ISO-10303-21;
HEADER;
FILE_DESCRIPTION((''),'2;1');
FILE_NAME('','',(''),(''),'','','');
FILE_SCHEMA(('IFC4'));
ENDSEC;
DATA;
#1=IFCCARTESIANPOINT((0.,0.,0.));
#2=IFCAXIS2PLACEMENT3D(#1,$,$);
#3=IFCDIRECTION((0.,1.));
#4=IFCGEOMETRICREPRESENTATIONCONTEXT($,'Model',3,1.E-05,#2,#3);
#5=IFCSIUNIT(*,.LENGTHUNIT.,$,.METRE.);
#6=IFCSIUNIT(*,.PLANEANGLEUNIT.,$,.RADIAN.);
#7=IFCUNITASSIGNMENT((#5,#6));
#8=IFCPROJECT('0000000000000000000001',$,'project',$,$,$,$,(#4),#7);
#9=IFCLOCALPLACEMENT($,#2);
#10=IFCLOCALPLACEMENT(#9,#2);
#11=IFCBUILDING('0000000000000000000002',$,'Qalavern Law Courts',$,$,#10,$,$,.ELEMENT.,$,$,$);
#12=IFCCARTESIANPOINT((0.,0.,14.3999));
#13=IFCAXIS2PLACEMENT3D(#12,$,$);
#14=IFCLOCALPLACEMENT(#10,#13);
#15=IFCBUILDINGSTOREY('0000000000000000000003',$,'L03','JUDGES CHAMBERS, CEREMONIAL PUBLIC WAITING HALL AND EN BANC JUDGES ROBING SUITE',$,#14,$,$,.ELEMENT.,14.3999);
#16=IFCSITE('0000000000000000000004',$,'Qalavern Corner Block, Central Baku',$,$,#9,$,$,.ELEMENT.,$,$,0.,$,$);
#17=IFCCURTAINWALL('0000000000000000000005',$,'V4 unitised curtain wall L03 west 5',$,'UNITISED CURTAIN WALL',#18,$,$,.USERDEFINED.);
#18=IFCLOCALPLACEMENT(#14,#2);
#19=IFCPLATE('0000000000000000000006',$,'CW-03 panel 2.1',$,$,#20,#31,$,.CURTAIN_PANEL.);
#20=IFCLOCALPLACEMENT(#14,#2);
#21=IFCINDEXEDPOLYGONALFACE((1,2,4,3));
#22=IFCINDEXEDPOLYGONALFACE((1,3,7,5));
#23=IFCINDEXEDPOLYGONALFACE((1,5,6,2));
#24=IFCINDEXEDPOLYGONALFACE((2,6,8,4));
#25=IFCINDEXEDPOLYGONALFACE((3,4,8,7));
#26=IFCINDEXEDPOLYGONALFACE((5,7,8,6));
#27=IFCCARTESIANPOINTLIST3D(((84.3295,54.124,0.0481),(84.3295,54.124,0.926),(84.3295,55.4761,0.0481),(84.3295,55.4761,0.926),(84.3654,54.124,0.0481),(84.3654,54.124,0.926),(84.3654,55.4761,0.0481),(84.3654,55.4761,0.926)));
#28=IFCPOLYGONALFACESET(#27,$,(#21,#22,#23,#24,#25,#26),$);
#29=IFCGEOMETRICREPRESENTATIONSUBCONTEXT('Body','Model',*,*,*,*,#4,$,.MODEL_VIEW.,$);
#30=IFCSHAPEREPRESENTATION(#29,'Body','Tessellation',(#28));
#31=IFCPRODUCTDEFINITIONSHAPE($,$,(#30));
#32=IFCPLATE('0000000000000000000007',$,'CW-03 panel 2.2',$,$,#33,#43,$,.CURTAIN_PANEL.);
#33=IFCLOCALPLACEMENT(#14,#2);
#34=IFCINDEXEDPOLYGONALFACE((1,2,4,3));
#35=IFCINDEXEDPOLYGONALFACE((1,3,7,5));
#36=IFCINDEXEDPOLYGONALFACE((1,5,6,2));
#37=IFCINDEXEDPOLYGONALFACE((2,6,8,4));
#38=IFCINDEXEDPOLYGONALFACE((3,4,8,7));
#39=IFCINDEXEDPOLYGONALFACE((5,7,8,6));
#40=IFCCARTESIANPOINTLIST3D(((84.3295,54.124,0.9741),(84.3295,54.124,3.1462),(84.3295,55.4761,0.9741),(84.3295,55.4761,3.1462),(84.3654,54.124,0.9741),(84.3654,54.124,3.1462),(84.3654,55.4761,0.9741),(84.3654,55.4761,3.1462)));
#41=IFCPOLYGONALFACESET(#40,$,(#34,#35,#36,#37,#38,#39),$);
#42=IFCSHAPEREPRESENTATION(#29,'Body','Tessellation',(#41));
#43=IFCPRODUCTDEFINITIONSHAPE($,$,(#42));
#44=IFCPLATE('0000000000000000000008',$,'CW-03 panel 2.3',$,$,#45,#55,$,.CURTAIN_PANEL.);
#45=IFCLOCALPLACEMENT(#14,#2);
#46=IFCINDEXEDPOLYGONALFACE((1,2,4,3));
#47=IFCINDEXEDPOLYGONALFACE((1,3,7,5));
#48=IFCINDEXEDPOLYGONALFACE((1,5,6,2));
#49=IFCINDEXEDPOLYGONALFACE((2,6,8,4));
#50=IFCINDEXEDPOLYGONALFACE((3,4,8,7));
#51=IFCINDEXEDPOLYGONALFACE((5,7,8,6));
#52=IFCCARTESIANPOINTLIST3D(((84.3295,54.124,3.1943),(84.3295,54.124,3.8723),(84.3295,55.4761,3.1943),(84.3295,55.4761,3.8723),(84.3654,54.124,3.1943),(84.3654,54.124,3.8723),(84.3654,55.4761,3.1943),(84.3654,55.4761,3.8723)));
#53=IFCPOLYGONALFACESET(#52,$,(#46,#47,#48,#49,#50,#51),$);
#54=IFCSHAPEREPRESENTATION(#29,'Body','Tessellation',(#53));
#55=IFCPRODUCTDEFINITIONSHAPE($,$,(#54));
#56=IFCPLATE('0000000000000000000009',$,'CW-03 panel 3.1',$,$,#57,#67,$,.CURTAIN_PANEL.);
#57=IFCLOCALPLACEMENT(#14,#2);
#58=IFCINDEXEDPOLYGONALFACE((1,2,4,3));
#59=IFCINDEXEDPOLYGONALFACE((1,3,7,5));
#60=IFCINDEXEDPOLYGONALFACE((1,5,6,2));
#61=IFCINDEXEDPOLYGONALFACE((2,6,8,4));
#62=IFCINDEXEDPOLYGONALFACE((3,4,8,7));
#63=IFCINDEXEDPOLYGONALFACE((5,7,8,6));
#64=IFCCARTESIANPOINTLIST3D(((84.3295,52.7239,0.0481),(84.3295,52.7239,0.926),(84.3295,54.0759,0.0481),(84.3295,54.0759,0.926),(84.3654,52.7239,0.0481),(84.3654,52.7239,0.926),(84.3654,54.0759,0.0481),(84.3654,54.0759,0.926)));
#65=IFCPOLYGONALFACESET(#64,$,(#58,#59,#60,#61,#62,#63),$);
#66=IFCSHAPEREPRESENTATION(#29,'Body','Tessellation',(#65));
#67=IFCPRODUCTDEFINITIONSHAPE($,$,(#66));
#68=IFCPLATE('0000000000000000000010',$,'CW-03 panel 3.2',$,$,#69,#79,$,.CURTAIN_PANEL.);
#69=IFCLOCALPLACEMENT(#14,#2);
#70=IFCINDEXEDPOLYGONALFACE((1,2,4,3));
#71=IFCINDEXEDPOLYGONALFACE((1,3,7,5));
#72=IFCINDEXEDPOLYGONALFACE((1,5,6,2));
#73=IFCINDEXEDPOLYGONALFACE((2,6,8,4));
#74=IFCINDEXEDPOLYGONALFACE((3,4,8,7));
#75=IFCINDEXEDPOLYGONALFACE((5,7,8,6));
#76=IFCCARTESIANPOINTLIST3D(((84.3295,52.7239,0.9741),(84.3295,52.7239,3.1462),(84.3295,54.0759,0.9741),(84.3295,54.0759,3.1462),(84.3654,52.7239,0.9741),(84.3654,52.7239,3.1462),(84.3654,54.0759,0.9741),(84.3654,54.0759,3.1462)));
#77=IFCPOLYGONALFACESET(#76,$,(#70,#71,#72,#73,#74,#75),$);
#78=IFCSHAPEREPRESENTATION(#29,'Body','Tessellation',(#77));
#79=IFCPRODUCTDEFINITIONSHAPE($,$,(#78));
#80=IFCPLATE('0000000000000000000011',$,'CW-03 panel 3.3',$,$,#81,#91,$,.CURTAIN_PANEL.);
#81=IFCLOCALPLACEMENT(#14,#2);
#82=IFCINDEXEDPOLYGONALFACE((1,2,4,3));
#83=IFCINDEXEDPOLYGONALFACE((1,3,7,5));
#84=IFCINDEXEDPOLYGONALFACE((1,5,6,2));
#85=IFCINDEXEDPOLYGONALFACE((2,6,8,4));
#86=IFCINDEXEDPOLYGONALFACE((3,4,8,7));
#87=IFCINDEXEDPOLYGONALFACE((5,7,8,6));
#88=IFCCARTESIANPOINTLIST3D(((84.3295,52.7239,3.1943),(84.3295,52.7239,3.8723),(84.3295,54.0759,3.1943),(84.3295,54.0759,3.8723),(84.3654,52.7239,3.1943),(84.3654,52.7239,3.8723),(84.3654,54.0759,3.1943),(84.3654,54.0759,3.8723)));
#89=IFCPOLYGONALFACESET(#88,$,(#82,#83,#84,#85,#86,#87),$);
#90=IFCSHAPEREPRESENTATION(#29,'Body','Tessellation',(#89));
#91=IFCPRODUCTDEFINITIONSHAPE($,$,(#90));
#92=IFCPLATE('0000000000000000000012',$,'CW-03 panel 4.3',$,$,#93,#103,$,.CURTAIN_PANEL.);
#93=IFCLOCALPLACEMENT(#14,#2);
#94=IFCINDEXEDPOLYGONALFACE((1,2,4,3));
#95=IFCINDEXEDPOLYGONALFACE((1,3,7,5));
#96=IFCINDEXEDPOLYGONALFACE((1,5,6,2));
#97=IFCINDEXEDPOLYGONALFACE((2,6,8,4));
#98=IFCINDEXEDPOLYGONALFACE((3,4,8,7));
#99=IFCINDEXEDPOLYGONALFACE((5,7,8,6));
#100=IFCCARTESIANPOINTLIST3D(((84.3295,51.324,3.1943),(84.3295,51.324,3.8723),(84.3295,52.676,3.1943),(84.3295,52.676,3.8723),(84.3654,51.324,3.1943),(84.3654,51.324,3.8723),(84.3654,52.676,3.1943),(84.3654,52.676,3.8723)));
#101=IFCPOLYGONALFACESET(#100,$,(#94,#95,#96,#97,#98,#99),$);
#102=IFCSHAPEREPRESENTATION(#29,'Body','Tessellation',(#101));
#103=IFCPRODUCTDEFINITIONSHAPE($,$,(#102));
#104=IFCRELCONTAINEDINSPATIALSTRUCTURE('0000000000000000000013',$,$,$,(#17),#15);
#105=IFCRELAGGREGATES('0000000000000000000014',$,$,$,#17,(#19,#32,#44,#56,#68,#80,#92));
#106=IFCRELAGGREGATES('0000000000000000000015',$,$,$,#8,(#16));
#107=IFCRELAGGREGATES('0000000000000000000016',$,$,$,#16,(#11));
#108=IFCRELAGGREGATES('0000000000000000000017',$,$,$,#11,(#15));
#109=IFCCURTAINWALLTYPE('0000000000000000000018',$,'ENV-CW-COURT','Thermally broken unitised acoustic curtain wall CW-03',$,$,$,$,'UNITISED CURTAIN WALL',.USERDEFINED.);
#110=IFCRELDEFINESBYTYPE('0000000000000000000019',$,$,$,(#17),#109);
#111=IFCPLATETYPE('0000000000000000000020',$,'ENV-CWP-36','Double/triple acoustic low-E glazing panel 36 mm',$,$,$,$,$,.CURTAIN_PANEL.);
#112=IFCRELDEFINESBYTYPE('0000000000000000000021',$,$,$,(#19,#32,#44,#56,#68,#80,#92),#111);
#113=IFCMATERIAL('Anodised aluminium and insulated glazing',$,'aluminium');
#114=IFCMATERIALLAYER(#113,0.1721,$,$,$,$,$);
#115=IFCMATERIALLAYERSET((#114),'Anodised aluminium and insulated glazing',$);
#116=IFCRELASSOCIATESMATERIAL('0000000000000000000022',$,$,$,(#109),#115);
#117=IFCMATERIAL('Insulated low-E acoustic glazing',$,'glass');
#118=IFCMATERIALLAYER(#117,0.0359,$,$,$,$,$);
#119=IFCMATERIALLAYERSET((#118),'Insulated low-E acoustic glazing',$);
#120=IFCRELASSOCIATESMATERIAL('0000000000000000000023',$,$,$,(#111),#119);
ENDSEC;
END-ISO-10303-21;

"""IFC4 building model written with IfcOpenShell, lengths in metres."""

from ifc_helpers import new_model, si_unit, direction, frame, origin, origin_2d, place, context, subcontext, project, spatial, rectangle, extrude, material, layer, layer_set, type_object, element, aggregate, save


model = new_model("IFC4")

# Units and contexts
model_context = context("Model", 3, precision=1e-05, world=origin(), true_north=direction((0.0, 1.0)))
body_context = subcontext(model_context, "Body", "Model", "MODEL_VIEW")
ifc_project = project(units=[si_unit("LENGTHUNIT", "METRE"), si_unit("PLANEANGLEUNIT", "RADIAN")], contexts=[model_context])

# Site, building, storey
site_placement = place(None, origin())
site = spatial("IfcSite", under=ifc_project, at=site_placement, Name="Qalavern Corner Block, Central Baku", CompositionType="ELEMENT", RefElevation=0.0)
building_placement = place(site_placement, origin())
building = spatial("IfcBuilding", under=site, at=building_placement, Name="Qalavern Law Courts", CompositionType="ELEMENT")
storey_placement = place(building_placement, frame((0.0, 0.0, 14.3999)))
storey = spatial("IfcBuildingStorey", under=building, at=storey_placement, Name="L03", Description="JUDGES CHAMBERS, CEREMONIAL PUBLIC WAITING HALL AND EN BANC JUDGES ROBING SUITE", CompositionType="ELEMENT", Elevation=14.3999)

# Curtain wall, plates
ifc_material_1 = material(Name="Anodised aluminium and insulated glazing", Category="aluminium")
ifc_layer_1 = layer(ifc_material_1, 0.1721)
ifc_layer_set_1 = layer_set([ifc_layer_1], Name="Anodised aluminium and insulated glazing")
curtain_wall_type = type_object("IfcCurtainWallType", Name="ENV-CW-COURT", Description="Thermally broken unitised acoustic curtain wall CW-03", ElementType="UNITISED CURTAIN WALL", PredefinedType="USERDEFINED", material=ifc_layer_set_1)
curtain_wall_placement = place(storey_placement, origin())
curtain_wall = element("IfcCurtainWall", 1, at=curtain_wall_placement, inside=storey, type_object=curtain_wall_type, Name="V4 unitised curtain wall L03 west 5", ObjectType="UNITISED CURTAIN WALL", PredefinedType="USERDEFINED")
ifc_material_2 = material(Name="Insulated low-E acoustic glazing", Category="glass")
ifc_layer_2 = layer(ifc_material_2, 0.0359)
ifc_layer_set_2 = layer_set([ifc_layer_2], Name="Insulated low-E acoustic glazing")
plate_type = type_object("IfcPlateType", Name="ENV-CWP-36", Description="Double/triple acoustic low-E glazing panel 36 mm", PredefinedType="CURTAIN_PANEL", material=ifc_layer_set_2)
plate_1_placement = place(storey_placement, frame((84.3474, 54.8, 0.0481), z_axis=(0.0, 0.0, 1.0), x_axis=(0.0, -1.0, 0.0)))
plate_1 = element("IfcPlate", 2, at=plate_1_placement, type_object=plate_type, Name="CW-03 panel 2.1", PredefinedType="CURTAIN_PANEL", context=body_context, shape_type="SweptSolid", body=[
    extrude(rectangle(XDim=1.3521, YDim=0.0359, at=origin_2d()), origin(), (0.0, 0.0, 1.0), 0.8779),
])
plate_2_placement = place(storey_placement, frame((84.3474, 54.8, 0.9741), z_axis=(0.0, 0.0, 1.0), x_axis=(0.0, -1.0, 0.0)))
plate_2 = element("IfcPlate", 3, at=plate_2_placement, type_object=plate_type, Name="CW-03 panel 2.2", PredefinedType="CURTAIN_PANEL", context=body_context, shape_type="SweptSolid", body=[
    extrude(rectangle(XDim=1.3521, YDim=0.0359, at=origin_2d()), origin(), (0.0, 0.0, 1.0), 2.1721),
])
plate_3_placement = place(storey_placement, frame((84.3474, 54.8, 3.1943), z_axis=(0.0, 0.0, 1.0), x_axis=(0.0, -1.0, 0.0)))
plate_3 = element("IfcPlate", 4, at=plate_3_placement, type_object=plate_type, Name="CW-03 panel 2.3", PredefinedType="CURTAIN_PANEL", context=body_context, shape_type="SweptSolid", body=[
    extrude(rectangle(XDim=1.3521, YDim=0.0359, at=origin_2d()), origin(), (0.0, 0.0, 1.0), 0.678),
])
plate_4_placement = place(storey_placement, frame((84.3474, 53.3999, 0.0481), z_axis=(0.0, 0.0, 1.0), x_axis=(0.0, -1.0, 0.0)))
plate_4 = element("IfcPlate", 5, at=plate_4_placement, type_object=plate_type, Name="CW-03 panel 3.1", PredefinedType="CURTAIN_PANEL", context=body_context, shape_type="SweptSolid", body=[
    extrude(rectangle(XDim=1.3521, YDim=0.0359, at=origin_2d()), origin(), (0.0, 0.0, 1.0), 0.8779),
])
plate_5_placement = place(storey_placement, frame((84.3474, 53.3999, 0.9741), z_axis=(0.0, 0.0, 1.0), x_axis=(0.0, -1.0, 0.0)))
plate_5 = element("IfcPlate", 6, at=plate_5_placement, type_object=plate_type, Name="CW-03 panel 3.2", PredefinedType="CURTAIN_PANEL", context=body_context, shape_type="SweptSolid", body=[
    extrude(rectangle(XDim=1.3521, YDim=0.0359, at=origin_2d()), origin(), (0.0, 0.0, 1.0), 2.1721),
])
plate_6_placement = place(storey_placement, frame((84.3474, 53.3999, 3.1943), z_axis=(0.0, 0.0, 1.0), x_axis=(0.0, -1.0, 0.0)))
plate_6 = element("IfcPlate", 7, at=plate_6_placement, type_object=plate_type, Name="CW-03 panel 3.3", PredefinedType="CURTAIN_PANEL", context=body_context, shape_type="SweptSolid", body=[
    extrude(rectangle(XDim=1.3521, YDim=0.0359, at=origin_2d()), origin(), (0.0, 0.0, 1.0), 0.678),
])
plate_7_placement = place(storey_placement, frame((84.3474, 52.0, 3.1943), z_axis=(0.0, 0.0, 1.0), x_axis=(0.0, -1.0, 0.0)))
plate_7 = element("IfcPlate", 8, at=plate_7_placement, type_object=plate_type, Name="CW-03 panel 4.3", PredefinedType="CURTAIN_PANEL", context=body_context, shape_type="SweptSolid", body=[
    extrude(rectangle(XDim=1.3521, YDim=0.0359, at=origin_2d()), origin(), (0.0, 0.0, 1.0), 0.678),
])
aggregate(curtain_wall, [plate_1, plate_2, plate_3, plate_4, plate_5, plate_6, plate_7])

save(model, "model.ifc")
